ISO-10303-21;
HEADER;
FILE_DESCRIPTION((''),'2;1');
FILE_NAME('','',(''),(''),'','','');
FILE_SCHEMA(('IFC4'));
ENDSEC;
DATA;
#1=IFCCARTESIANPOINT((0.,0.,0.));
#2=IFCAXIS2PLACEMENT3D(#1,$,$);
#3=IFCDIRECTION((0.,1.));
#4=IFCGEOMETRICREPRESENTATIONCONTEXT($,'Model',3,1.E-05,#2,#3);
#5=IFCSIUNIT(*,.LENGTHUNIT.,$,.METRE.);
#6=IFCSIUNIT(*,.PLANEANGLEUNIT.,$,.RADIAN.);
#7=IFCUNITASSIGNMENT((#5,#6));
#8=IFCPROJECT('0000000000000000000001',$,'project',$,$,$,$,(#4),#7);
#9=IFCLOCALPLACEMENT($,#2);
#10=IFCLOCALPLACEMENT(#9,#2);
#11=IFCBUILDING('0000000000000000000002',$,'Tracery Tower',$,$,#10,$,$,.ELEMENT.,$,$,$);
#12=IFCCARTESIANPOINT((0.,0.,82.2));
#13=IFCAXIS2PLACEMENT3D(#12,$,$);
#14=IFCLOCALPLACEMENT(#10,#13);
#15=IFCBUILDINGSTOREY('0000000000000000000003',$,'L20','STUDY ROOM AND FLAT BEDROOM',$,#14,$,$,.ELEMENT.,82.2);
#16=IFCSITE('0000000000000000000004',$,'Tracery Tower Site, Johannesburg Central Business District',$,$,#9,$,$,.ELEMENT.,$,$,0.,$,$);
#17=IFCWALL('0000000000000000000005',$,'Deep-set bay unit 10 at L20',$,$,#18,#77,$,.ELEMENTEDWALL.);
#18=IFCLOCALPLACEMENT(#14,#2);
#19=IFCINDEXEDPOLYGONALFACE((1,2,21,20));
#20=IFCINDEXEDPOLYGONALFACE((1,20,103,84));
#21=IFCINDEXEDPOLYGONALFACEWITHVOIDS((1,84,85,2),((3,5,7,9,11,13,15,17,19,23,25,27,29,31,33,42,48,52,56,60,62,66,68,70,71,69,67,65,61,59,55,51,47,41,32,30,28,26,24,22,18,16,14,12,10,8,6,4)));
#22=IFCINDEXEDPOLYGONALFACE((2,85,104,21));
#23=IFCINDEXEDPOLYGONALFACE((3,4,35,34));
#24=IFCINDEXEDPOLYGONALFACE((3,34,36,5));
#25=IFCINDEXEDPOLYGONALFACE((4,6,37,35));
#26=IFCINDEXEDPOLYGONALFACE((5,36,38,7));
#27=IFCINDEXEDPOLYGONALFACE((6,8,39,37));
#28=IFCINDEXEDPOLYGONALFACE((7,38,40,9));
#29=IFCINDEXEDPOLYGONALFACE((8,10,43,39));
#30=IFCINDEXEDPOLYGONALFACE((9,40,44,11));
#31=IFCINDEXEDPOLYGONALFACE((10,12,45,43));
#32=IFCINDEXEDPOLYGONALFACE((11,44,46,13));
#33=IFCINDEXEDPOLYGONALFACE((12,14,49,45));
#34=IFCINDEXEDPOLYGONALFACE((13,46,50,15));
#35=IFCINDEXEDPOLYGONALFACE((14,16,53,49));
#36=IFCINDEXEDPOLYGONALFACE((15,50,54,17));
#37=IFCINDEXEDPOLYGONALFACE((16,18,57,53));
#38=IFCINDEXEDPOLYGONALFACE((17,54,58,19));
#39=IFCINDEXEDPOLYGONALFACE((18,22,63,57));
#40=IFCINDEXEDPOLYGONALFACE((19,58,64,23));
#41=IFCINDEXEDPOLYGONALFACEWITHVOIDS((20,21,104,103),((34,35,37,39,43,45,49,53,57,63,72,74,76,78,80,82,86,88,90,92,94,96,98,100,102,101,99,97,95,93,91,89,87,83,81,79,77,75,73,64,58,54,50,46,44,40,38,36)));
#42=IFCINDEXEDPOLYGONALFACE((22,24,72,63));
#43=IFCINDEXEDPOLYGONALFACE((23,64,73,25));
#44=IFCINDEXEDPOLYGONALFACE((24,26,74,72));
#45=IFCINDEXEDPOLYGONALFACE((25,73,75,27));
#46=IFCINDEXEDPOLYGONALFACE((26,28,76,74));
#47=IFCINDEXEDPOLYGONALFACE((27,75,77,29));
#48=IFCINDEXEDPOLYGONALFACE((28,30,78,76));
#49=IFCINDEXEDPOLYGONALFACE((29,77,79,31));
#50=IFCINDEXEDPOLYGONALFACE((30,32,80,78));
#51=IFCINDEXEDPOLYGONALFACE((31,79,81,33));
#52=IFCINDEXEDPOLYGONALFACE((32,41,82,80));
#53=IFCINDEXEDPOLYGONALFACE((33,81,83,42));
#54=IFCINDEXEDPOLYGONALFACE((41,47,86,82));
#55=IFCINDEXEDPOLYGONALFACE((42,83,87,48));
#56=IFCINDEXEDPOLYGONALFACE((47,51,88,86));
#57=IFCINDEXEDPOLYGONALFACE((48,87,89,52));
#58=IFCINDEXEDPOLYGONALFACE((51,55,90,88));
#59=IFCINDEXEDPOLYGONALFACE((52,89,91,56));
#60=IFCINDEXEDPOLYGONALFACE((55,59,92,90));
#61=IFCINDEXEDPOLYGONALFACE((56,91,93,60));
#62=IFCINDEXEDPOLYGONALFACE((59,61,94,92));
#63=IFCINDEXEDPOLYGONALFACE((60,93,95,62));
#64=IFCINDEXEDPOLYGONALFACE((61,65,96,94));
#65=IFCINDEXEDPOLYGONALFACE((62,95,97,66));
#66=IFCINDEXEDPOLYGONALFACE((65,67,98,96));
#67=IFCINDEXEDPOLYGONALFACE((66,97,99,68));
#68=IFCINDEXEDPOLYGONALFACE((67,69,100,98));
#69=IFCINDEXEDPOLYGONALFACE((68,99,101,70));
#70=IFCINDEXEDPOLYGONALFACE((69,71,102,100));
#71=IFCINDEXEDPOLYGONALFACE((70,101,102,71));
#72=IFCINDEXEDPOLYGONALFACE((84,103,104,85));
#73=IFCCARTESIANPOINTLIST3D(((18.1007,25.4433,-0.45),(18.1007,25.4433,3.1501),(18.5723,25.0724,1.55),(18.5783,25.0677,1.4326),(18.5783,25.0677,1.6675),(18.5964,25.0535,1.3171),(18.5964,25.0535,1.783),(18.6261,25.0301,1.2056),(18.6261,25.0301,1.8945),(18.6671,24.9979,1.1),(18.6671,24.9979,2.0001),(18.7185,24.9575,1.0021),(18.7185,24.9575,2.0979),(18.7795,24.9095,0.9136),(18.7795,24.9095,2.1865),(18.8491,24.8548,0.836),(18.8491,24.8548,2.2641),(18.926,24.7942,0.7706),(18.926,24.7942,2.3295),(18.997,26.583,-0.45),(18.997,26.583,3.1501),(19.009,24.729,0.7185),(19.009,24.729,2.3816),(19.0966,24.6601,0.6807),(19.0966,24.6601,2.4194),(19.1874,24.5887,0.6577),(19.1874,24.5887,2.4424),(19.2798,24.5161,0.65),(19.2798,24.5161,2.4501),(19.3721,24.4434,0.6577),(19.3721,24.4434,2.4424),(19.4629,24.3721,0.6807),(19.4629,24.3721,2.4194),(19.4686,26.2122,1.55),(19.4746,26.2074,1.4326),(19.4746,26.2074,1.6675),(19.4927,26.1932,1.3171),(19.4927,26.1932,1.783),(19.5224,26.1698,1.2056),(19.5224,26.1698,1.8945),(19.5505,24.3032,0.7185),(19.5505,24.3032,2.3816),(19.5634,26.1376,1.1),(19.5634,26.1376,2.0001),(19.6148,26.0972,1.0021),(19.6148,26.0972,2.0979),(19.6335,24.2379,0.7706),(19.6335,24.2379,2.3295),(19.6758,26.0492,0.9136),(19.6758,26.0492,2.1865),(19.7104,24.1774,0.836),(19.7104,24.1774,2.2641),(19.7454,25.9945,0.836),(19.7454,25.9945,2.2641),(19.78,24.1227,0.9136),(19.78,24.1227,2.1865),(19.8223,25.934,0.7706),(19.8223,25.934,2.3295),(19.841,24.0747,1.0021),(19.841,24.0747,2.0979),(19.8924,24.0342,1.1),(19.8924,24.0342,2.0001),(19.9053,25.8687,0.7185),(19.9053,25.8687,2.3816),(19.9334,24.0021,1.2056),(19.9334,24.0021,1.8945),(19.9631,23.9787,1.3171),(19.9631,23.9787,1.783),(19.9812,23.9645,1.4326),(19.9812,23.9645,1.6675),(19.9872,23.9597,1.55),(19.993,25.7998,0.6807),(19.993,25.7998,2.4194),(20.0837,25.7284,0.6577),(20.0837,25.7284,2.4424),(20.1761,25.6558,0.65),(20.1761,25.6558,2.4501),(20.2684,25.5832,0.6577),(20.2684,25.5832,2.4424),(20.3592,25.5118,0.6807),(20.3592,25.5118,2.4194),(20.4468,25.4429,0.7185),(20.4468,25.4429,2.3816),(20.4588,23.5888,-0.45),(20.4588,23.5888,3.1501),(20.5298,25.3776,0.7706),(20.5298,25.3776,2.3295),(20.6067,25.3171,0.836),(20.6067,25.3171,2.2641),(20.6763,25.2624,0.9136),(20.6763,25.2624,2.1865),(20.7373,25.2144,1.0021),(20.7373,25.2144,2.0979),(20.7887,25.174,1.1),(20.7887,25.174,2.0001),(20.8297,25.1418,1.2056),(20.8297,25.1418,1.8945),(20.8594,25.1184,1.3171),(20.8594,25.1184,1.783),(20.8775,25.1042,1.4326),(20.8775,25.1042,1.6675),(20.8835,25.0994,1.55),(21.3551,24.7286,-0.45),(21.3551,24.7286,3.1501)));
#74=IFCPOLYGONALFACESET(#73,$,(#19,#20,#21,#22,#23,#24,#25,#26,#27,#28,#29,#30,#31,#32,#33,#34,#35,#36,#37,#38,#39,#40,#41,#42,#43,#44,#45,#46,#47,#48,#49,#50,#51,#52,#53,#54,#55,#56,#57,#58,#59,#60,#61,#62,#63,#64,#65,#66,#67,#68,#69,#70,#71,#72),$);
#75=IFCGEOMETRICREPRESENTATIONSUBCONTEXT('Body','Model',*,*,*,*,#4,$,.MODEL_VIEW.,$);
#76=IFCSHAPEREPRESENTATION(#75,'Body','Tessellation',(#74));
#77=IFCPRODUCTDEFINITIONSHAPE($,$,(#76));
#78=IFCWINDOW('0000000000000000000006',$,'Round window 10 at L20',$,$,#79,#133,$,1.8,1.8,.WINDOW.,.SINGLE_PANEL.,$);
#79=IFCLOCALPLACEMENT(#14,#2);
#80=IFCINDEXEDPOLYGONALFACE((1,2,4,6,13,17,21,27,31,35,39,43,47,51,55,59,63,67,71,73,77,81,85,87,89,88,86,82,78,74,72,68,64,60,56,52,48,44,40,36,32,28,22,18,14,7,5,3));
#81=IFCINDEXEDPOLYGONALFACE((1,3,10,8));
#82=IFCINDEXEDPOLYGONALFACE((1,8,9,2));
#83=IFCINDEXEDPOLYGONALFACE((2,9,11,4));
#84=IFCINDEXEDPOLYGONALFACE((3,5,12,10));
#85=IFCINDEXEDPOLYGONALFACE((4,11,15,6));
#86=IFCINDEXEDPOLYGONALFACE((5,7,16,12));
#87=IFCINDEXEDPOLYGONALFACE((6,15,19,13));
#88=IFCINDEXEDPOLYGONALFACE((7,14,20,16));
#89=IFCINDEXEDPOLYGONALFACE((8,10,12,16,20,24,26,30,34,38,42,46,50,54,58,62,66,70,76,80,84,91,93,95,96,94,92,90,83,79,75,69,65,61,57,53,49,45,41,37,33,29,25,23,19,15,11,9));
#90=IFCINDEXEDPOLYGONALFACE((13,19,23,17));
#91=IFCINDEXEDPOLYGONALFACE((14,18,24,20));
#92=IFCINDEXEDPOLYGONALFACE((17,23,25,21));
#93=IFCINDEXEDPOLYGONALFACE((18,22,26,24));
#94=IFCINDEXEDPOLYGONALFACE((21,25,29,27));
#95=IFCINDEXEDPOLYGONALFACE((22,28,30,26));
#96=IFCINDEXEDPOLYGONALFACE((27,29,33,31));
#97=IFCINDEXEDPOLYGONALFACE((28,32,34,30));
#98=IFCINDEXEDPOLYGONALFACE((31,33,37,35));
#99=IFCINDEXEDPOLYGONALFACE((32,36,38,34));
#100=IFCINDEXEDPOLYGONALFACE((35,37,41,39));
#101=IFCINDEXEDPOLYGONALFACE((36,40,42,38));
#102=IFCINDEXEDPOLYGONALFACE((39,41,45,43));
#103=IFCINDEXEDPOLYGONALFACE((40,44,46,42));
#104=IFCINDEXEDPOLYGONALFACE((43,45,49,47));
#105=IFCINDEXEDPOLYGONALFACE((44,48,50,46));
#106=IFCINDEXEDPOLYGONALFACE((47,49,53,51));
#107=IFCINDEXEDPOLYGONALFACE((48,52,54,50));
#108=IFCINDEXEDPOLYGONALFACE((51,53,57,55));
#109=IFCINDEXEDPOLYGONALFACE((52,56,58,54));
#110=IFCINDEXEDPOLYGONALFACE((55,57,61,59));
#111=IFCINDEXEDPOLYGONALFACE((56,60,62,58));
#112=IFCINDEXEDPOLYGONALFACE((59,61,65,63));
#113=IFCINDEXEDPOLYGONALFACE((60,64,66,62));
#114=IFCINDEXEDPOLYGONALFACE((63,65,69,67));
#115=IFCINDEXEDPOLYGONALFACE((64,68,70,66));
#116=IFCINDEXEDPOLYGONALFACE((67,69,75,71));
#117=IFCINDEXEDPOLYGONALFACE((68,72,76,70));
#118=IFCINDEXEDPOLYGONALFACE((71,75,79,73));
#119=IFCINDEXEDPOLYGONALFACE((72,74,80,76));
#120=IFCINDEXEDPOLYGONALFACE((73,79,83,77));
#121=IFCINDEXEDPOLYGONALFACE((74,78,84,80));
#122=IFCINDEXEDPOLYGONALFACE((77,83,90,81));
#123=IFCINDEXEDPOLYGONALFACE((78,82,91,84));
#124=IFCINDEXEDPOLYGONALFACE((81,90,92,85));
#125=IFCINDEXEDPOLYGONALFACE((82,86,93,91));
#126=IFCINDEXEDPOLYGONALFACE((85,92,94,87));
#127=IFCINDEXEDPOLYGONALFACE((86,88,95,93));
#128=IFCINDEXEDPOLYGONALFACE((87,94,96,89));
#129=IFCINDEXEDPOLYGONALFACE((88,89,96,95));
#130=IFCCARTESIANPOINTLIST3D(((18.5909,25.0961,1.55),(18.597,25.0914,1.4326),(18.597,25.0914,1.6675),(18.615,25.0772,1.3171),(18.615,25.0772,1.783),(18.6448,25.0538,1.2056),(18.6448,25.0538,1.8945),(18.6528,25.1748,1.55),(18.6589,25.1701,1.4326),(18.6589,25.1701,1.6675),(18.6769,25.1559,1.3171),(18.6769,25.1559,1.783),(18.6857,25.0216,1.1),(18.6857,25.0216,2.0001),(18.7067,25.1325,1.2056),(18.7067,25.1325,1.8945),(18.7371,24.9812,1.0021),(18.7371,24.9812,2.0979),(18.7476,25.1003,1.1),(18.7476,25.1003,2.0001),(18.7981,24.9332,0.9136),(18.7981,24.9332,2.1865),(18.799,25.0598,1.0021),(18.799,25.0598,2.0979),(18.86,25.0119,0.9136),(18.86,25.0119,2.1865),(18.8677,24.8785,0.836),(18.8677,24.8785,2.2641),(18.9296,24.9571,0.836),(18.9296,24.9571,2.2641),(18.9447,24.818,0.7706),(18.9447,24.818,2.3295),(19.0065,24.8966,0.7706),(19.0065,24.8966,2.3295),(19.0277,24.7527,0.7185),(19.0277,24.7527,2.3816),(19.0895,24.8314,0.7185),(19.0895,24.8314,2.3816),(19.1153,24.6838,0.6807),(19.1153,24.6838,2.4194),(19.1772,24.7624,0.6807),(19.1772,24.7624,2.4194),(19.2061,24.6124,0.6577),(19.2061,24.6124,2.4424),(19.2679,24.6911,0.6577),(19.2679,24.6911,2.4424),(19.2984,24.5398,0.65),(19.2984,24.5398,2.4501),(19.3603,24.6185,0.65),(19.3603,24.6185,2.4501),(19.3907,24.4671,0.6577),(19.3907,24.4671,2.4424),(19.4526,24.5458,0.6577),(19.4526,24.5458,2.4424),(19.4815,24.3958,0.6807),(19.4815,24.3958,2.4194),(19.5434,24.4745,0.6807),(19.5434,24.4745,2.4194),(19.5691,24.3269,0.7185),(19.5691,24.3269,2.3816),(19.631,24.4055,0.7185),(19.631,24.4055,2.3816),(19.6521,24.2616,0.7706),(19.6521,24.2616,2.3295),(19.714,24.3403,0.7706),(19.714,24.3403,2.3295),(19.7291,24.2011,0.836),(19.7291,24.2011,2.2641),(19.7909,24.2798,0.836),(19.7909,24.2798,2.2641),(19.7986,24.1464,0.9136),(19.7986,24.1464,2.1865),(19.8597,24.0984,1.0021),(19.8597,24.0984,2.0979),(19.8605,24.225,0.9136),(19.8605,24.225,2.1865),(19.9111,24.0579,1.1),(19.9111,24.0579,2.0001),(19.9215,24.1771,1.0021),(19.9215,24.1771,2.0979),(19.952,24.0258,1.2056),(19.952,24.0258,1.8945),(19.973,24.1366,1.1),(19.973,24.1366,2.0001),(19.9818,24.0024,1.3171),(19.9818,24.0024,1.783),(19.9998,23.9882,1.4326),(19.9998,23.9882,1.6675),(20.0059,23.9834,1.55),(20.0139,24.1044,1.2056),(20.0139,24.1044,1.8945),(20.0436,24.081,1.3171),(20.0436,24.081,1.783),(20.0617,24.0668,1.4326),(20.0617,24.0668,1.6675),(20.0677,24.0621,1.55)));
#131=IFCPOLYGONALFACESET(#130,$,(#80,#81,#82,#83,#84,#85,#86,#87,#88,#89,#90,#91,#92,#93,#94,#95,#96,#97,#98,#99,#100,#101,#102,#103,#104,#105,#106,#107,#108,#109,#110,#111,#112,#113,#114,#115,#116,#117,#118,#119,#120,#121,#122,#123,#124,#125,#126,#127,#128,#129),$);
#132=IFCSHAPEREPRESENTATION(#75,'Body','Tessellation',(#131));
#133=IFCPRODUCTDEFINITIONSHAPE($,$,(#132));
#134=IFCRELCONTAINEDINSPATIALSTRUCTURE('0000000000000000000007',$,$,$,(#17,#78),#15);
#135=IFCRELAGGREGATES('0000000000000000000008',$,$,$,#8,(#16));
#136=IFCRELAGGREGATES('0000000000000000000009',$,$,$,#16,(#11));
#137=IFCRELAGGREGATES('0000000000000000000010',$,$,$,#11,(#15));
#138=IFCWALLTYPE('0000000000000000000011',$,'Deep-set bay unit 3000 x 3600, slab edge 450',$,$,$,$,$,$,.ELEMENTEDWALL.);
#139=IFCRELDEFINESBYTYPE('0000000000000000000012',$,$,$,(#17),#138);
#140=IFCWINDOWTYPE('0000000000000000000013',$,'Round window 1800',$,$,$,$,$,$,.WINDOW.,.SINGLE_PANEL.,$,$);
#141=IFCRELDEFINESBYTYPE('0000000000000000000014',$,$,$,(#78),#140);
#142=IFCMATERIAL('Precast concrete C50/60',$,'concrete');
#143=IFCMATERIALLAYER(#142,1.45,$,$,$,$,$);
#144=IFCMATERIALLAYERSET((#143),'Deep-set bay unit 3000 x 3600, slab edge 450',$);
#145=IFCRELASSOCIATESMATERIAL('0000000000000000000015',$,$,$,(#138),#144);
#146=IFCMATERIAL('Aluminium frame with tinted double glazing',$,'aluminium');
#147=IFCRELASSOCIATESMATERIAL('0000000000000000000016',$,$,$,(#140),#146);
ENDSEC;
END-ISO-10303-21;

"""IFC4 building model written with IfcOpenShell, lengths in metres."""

from ifc_helpers import new_model, si_unit, direction, frame, frame_2d, origin, origin_2d, place, context, subcontext, project, spatial, rectangle, circle, extrude, material, layer, layer_set, type_object, element, fill, save


model = new_model("IFC4")

# Units and contexts
model_context = context("Model", 3, precision=1e-05, world=origin(), true_north=direction((0.0, 1.0)))
body_context = subcontext(model_context, "Body", "Model", "MODEL_VIEW")
ifc_project = project(units=[si_unit("LENGTHUNIT", "METRE"), si_unit("PLANEANGLEUNIT", "RADIAN")], contexts=[model_context])

# Site, building, storey
site_placement = place(None, origin())
site = spatial("IfcSite", under=ifc_project, at=site_placement, Name="Tracery Tower Site, Johannesburg Central Business District", CompositionType="ELEMENT", RefElevation=0.0)
building_placement = place(site_placement, origin())
building = spatial("IfcBuilding", under=site, at=building_placement, Name="Tracery Tower", CompositionType="ELEMENT")
storey_placement = place(building_placement, frame((0.0, 0.0, 82.2)))
storey = spatial("IfcBuildingStorey", under=building, at=storey_placement, Name="L20", Description="STUDY ROOM AND FLAT BEDROOM", CompositionType="ELEMENT", Elevation=82.2)

# Wall, opening, window
ifc_material_1 = material(Name="Precast concrete C50/60", Category="concrete")
ifc_layer_1 = layer(ifc_material_1, 1.45)
ifc_layer_set_1 = layer_set([ifc_layer_1], Name="Deep-set bay unit 3000 x 3600, slab edge 450")
wall_type_1 = type_object("IfcWallType", Name="Deep-set bay unit 3000 x 3600, slab edge 450", PredefinedType="ELEMENTEDWALL", material=ifc_layer_set_1)
wall_1_placement = place(storey_placement, frame((20.907, 24.1587, -0.45), z_axis=(0.0, 0.0, 1.0), x_axis=(-0.78605, 0.618163, 0.0)))
wall_1 = element("IfcWall", 1, at=wall_1_placement, inside=storey, type_object=wall_type_1, Name="Deep-set bay unit 10 at L20", PredefinedType="ELEMENTEDWALL", context=body_context, shape_type="SweptSolid", body=[
    extrude(rectangle(XDim=3.0, YDim=1.45, at=frame_2d((1.5, 0.0))), origin(), (0.0, 0.0, 1.0), 3.6001),
])
opening_1_placement = place(wall_1_placement, frame((1.5, 0.0, 2.0)))
opening_1 = element("IfcOpeningElement", 2, at=opening_1_placement, cuts=wall_1, PredefinedType="OPENING", context=body_context, shape_type="SweptSolid", body=[
    extrude(circle(Radius=0.9, at=origin_2d()), frame((0.0, 0.7349, 0.0), z_axis=(0.0, -1.0, 0.0), x_axis=(1.0, 0.0, 0.0)), (0.0, 0.0, 1.0), 1.47),
])
ifc_material_2 = material(Name="Aluminium frame with tinted double glazing", Category="aluminium")
window_type = type_object("IfcWindowType", Name="Round window 1800", PartitioningType="SINGLE_PANEL", PredefinedType="WINDOW", material=ifc_material_2)
window_1_placement = place(opening_1_placement, origin())
window_1 = element("IfcWindow", 3, at=window_1_placement, inside=storey, type_object=window_type, Name="Round window 10 at L20", OverallHeight=1.8, OverallWidth=1.8, PartitioningType="SINGLE_PANEL", PredefinedType="WINDOW", context=body_context, shape_type="SweptSolid", body=[
    extrude(circle(Radius=0.9, at=origin_2d()), frame((0.0, 0.6948, 0.0), z_axis=(0.0, -1.0, 0.0), x_axis=(1.0, 0.0, 0.0)), (0.0, 0.0, 1.0), 0.1001),
])
fill(opening_1, window_1)

save(model, "model.ifc")
